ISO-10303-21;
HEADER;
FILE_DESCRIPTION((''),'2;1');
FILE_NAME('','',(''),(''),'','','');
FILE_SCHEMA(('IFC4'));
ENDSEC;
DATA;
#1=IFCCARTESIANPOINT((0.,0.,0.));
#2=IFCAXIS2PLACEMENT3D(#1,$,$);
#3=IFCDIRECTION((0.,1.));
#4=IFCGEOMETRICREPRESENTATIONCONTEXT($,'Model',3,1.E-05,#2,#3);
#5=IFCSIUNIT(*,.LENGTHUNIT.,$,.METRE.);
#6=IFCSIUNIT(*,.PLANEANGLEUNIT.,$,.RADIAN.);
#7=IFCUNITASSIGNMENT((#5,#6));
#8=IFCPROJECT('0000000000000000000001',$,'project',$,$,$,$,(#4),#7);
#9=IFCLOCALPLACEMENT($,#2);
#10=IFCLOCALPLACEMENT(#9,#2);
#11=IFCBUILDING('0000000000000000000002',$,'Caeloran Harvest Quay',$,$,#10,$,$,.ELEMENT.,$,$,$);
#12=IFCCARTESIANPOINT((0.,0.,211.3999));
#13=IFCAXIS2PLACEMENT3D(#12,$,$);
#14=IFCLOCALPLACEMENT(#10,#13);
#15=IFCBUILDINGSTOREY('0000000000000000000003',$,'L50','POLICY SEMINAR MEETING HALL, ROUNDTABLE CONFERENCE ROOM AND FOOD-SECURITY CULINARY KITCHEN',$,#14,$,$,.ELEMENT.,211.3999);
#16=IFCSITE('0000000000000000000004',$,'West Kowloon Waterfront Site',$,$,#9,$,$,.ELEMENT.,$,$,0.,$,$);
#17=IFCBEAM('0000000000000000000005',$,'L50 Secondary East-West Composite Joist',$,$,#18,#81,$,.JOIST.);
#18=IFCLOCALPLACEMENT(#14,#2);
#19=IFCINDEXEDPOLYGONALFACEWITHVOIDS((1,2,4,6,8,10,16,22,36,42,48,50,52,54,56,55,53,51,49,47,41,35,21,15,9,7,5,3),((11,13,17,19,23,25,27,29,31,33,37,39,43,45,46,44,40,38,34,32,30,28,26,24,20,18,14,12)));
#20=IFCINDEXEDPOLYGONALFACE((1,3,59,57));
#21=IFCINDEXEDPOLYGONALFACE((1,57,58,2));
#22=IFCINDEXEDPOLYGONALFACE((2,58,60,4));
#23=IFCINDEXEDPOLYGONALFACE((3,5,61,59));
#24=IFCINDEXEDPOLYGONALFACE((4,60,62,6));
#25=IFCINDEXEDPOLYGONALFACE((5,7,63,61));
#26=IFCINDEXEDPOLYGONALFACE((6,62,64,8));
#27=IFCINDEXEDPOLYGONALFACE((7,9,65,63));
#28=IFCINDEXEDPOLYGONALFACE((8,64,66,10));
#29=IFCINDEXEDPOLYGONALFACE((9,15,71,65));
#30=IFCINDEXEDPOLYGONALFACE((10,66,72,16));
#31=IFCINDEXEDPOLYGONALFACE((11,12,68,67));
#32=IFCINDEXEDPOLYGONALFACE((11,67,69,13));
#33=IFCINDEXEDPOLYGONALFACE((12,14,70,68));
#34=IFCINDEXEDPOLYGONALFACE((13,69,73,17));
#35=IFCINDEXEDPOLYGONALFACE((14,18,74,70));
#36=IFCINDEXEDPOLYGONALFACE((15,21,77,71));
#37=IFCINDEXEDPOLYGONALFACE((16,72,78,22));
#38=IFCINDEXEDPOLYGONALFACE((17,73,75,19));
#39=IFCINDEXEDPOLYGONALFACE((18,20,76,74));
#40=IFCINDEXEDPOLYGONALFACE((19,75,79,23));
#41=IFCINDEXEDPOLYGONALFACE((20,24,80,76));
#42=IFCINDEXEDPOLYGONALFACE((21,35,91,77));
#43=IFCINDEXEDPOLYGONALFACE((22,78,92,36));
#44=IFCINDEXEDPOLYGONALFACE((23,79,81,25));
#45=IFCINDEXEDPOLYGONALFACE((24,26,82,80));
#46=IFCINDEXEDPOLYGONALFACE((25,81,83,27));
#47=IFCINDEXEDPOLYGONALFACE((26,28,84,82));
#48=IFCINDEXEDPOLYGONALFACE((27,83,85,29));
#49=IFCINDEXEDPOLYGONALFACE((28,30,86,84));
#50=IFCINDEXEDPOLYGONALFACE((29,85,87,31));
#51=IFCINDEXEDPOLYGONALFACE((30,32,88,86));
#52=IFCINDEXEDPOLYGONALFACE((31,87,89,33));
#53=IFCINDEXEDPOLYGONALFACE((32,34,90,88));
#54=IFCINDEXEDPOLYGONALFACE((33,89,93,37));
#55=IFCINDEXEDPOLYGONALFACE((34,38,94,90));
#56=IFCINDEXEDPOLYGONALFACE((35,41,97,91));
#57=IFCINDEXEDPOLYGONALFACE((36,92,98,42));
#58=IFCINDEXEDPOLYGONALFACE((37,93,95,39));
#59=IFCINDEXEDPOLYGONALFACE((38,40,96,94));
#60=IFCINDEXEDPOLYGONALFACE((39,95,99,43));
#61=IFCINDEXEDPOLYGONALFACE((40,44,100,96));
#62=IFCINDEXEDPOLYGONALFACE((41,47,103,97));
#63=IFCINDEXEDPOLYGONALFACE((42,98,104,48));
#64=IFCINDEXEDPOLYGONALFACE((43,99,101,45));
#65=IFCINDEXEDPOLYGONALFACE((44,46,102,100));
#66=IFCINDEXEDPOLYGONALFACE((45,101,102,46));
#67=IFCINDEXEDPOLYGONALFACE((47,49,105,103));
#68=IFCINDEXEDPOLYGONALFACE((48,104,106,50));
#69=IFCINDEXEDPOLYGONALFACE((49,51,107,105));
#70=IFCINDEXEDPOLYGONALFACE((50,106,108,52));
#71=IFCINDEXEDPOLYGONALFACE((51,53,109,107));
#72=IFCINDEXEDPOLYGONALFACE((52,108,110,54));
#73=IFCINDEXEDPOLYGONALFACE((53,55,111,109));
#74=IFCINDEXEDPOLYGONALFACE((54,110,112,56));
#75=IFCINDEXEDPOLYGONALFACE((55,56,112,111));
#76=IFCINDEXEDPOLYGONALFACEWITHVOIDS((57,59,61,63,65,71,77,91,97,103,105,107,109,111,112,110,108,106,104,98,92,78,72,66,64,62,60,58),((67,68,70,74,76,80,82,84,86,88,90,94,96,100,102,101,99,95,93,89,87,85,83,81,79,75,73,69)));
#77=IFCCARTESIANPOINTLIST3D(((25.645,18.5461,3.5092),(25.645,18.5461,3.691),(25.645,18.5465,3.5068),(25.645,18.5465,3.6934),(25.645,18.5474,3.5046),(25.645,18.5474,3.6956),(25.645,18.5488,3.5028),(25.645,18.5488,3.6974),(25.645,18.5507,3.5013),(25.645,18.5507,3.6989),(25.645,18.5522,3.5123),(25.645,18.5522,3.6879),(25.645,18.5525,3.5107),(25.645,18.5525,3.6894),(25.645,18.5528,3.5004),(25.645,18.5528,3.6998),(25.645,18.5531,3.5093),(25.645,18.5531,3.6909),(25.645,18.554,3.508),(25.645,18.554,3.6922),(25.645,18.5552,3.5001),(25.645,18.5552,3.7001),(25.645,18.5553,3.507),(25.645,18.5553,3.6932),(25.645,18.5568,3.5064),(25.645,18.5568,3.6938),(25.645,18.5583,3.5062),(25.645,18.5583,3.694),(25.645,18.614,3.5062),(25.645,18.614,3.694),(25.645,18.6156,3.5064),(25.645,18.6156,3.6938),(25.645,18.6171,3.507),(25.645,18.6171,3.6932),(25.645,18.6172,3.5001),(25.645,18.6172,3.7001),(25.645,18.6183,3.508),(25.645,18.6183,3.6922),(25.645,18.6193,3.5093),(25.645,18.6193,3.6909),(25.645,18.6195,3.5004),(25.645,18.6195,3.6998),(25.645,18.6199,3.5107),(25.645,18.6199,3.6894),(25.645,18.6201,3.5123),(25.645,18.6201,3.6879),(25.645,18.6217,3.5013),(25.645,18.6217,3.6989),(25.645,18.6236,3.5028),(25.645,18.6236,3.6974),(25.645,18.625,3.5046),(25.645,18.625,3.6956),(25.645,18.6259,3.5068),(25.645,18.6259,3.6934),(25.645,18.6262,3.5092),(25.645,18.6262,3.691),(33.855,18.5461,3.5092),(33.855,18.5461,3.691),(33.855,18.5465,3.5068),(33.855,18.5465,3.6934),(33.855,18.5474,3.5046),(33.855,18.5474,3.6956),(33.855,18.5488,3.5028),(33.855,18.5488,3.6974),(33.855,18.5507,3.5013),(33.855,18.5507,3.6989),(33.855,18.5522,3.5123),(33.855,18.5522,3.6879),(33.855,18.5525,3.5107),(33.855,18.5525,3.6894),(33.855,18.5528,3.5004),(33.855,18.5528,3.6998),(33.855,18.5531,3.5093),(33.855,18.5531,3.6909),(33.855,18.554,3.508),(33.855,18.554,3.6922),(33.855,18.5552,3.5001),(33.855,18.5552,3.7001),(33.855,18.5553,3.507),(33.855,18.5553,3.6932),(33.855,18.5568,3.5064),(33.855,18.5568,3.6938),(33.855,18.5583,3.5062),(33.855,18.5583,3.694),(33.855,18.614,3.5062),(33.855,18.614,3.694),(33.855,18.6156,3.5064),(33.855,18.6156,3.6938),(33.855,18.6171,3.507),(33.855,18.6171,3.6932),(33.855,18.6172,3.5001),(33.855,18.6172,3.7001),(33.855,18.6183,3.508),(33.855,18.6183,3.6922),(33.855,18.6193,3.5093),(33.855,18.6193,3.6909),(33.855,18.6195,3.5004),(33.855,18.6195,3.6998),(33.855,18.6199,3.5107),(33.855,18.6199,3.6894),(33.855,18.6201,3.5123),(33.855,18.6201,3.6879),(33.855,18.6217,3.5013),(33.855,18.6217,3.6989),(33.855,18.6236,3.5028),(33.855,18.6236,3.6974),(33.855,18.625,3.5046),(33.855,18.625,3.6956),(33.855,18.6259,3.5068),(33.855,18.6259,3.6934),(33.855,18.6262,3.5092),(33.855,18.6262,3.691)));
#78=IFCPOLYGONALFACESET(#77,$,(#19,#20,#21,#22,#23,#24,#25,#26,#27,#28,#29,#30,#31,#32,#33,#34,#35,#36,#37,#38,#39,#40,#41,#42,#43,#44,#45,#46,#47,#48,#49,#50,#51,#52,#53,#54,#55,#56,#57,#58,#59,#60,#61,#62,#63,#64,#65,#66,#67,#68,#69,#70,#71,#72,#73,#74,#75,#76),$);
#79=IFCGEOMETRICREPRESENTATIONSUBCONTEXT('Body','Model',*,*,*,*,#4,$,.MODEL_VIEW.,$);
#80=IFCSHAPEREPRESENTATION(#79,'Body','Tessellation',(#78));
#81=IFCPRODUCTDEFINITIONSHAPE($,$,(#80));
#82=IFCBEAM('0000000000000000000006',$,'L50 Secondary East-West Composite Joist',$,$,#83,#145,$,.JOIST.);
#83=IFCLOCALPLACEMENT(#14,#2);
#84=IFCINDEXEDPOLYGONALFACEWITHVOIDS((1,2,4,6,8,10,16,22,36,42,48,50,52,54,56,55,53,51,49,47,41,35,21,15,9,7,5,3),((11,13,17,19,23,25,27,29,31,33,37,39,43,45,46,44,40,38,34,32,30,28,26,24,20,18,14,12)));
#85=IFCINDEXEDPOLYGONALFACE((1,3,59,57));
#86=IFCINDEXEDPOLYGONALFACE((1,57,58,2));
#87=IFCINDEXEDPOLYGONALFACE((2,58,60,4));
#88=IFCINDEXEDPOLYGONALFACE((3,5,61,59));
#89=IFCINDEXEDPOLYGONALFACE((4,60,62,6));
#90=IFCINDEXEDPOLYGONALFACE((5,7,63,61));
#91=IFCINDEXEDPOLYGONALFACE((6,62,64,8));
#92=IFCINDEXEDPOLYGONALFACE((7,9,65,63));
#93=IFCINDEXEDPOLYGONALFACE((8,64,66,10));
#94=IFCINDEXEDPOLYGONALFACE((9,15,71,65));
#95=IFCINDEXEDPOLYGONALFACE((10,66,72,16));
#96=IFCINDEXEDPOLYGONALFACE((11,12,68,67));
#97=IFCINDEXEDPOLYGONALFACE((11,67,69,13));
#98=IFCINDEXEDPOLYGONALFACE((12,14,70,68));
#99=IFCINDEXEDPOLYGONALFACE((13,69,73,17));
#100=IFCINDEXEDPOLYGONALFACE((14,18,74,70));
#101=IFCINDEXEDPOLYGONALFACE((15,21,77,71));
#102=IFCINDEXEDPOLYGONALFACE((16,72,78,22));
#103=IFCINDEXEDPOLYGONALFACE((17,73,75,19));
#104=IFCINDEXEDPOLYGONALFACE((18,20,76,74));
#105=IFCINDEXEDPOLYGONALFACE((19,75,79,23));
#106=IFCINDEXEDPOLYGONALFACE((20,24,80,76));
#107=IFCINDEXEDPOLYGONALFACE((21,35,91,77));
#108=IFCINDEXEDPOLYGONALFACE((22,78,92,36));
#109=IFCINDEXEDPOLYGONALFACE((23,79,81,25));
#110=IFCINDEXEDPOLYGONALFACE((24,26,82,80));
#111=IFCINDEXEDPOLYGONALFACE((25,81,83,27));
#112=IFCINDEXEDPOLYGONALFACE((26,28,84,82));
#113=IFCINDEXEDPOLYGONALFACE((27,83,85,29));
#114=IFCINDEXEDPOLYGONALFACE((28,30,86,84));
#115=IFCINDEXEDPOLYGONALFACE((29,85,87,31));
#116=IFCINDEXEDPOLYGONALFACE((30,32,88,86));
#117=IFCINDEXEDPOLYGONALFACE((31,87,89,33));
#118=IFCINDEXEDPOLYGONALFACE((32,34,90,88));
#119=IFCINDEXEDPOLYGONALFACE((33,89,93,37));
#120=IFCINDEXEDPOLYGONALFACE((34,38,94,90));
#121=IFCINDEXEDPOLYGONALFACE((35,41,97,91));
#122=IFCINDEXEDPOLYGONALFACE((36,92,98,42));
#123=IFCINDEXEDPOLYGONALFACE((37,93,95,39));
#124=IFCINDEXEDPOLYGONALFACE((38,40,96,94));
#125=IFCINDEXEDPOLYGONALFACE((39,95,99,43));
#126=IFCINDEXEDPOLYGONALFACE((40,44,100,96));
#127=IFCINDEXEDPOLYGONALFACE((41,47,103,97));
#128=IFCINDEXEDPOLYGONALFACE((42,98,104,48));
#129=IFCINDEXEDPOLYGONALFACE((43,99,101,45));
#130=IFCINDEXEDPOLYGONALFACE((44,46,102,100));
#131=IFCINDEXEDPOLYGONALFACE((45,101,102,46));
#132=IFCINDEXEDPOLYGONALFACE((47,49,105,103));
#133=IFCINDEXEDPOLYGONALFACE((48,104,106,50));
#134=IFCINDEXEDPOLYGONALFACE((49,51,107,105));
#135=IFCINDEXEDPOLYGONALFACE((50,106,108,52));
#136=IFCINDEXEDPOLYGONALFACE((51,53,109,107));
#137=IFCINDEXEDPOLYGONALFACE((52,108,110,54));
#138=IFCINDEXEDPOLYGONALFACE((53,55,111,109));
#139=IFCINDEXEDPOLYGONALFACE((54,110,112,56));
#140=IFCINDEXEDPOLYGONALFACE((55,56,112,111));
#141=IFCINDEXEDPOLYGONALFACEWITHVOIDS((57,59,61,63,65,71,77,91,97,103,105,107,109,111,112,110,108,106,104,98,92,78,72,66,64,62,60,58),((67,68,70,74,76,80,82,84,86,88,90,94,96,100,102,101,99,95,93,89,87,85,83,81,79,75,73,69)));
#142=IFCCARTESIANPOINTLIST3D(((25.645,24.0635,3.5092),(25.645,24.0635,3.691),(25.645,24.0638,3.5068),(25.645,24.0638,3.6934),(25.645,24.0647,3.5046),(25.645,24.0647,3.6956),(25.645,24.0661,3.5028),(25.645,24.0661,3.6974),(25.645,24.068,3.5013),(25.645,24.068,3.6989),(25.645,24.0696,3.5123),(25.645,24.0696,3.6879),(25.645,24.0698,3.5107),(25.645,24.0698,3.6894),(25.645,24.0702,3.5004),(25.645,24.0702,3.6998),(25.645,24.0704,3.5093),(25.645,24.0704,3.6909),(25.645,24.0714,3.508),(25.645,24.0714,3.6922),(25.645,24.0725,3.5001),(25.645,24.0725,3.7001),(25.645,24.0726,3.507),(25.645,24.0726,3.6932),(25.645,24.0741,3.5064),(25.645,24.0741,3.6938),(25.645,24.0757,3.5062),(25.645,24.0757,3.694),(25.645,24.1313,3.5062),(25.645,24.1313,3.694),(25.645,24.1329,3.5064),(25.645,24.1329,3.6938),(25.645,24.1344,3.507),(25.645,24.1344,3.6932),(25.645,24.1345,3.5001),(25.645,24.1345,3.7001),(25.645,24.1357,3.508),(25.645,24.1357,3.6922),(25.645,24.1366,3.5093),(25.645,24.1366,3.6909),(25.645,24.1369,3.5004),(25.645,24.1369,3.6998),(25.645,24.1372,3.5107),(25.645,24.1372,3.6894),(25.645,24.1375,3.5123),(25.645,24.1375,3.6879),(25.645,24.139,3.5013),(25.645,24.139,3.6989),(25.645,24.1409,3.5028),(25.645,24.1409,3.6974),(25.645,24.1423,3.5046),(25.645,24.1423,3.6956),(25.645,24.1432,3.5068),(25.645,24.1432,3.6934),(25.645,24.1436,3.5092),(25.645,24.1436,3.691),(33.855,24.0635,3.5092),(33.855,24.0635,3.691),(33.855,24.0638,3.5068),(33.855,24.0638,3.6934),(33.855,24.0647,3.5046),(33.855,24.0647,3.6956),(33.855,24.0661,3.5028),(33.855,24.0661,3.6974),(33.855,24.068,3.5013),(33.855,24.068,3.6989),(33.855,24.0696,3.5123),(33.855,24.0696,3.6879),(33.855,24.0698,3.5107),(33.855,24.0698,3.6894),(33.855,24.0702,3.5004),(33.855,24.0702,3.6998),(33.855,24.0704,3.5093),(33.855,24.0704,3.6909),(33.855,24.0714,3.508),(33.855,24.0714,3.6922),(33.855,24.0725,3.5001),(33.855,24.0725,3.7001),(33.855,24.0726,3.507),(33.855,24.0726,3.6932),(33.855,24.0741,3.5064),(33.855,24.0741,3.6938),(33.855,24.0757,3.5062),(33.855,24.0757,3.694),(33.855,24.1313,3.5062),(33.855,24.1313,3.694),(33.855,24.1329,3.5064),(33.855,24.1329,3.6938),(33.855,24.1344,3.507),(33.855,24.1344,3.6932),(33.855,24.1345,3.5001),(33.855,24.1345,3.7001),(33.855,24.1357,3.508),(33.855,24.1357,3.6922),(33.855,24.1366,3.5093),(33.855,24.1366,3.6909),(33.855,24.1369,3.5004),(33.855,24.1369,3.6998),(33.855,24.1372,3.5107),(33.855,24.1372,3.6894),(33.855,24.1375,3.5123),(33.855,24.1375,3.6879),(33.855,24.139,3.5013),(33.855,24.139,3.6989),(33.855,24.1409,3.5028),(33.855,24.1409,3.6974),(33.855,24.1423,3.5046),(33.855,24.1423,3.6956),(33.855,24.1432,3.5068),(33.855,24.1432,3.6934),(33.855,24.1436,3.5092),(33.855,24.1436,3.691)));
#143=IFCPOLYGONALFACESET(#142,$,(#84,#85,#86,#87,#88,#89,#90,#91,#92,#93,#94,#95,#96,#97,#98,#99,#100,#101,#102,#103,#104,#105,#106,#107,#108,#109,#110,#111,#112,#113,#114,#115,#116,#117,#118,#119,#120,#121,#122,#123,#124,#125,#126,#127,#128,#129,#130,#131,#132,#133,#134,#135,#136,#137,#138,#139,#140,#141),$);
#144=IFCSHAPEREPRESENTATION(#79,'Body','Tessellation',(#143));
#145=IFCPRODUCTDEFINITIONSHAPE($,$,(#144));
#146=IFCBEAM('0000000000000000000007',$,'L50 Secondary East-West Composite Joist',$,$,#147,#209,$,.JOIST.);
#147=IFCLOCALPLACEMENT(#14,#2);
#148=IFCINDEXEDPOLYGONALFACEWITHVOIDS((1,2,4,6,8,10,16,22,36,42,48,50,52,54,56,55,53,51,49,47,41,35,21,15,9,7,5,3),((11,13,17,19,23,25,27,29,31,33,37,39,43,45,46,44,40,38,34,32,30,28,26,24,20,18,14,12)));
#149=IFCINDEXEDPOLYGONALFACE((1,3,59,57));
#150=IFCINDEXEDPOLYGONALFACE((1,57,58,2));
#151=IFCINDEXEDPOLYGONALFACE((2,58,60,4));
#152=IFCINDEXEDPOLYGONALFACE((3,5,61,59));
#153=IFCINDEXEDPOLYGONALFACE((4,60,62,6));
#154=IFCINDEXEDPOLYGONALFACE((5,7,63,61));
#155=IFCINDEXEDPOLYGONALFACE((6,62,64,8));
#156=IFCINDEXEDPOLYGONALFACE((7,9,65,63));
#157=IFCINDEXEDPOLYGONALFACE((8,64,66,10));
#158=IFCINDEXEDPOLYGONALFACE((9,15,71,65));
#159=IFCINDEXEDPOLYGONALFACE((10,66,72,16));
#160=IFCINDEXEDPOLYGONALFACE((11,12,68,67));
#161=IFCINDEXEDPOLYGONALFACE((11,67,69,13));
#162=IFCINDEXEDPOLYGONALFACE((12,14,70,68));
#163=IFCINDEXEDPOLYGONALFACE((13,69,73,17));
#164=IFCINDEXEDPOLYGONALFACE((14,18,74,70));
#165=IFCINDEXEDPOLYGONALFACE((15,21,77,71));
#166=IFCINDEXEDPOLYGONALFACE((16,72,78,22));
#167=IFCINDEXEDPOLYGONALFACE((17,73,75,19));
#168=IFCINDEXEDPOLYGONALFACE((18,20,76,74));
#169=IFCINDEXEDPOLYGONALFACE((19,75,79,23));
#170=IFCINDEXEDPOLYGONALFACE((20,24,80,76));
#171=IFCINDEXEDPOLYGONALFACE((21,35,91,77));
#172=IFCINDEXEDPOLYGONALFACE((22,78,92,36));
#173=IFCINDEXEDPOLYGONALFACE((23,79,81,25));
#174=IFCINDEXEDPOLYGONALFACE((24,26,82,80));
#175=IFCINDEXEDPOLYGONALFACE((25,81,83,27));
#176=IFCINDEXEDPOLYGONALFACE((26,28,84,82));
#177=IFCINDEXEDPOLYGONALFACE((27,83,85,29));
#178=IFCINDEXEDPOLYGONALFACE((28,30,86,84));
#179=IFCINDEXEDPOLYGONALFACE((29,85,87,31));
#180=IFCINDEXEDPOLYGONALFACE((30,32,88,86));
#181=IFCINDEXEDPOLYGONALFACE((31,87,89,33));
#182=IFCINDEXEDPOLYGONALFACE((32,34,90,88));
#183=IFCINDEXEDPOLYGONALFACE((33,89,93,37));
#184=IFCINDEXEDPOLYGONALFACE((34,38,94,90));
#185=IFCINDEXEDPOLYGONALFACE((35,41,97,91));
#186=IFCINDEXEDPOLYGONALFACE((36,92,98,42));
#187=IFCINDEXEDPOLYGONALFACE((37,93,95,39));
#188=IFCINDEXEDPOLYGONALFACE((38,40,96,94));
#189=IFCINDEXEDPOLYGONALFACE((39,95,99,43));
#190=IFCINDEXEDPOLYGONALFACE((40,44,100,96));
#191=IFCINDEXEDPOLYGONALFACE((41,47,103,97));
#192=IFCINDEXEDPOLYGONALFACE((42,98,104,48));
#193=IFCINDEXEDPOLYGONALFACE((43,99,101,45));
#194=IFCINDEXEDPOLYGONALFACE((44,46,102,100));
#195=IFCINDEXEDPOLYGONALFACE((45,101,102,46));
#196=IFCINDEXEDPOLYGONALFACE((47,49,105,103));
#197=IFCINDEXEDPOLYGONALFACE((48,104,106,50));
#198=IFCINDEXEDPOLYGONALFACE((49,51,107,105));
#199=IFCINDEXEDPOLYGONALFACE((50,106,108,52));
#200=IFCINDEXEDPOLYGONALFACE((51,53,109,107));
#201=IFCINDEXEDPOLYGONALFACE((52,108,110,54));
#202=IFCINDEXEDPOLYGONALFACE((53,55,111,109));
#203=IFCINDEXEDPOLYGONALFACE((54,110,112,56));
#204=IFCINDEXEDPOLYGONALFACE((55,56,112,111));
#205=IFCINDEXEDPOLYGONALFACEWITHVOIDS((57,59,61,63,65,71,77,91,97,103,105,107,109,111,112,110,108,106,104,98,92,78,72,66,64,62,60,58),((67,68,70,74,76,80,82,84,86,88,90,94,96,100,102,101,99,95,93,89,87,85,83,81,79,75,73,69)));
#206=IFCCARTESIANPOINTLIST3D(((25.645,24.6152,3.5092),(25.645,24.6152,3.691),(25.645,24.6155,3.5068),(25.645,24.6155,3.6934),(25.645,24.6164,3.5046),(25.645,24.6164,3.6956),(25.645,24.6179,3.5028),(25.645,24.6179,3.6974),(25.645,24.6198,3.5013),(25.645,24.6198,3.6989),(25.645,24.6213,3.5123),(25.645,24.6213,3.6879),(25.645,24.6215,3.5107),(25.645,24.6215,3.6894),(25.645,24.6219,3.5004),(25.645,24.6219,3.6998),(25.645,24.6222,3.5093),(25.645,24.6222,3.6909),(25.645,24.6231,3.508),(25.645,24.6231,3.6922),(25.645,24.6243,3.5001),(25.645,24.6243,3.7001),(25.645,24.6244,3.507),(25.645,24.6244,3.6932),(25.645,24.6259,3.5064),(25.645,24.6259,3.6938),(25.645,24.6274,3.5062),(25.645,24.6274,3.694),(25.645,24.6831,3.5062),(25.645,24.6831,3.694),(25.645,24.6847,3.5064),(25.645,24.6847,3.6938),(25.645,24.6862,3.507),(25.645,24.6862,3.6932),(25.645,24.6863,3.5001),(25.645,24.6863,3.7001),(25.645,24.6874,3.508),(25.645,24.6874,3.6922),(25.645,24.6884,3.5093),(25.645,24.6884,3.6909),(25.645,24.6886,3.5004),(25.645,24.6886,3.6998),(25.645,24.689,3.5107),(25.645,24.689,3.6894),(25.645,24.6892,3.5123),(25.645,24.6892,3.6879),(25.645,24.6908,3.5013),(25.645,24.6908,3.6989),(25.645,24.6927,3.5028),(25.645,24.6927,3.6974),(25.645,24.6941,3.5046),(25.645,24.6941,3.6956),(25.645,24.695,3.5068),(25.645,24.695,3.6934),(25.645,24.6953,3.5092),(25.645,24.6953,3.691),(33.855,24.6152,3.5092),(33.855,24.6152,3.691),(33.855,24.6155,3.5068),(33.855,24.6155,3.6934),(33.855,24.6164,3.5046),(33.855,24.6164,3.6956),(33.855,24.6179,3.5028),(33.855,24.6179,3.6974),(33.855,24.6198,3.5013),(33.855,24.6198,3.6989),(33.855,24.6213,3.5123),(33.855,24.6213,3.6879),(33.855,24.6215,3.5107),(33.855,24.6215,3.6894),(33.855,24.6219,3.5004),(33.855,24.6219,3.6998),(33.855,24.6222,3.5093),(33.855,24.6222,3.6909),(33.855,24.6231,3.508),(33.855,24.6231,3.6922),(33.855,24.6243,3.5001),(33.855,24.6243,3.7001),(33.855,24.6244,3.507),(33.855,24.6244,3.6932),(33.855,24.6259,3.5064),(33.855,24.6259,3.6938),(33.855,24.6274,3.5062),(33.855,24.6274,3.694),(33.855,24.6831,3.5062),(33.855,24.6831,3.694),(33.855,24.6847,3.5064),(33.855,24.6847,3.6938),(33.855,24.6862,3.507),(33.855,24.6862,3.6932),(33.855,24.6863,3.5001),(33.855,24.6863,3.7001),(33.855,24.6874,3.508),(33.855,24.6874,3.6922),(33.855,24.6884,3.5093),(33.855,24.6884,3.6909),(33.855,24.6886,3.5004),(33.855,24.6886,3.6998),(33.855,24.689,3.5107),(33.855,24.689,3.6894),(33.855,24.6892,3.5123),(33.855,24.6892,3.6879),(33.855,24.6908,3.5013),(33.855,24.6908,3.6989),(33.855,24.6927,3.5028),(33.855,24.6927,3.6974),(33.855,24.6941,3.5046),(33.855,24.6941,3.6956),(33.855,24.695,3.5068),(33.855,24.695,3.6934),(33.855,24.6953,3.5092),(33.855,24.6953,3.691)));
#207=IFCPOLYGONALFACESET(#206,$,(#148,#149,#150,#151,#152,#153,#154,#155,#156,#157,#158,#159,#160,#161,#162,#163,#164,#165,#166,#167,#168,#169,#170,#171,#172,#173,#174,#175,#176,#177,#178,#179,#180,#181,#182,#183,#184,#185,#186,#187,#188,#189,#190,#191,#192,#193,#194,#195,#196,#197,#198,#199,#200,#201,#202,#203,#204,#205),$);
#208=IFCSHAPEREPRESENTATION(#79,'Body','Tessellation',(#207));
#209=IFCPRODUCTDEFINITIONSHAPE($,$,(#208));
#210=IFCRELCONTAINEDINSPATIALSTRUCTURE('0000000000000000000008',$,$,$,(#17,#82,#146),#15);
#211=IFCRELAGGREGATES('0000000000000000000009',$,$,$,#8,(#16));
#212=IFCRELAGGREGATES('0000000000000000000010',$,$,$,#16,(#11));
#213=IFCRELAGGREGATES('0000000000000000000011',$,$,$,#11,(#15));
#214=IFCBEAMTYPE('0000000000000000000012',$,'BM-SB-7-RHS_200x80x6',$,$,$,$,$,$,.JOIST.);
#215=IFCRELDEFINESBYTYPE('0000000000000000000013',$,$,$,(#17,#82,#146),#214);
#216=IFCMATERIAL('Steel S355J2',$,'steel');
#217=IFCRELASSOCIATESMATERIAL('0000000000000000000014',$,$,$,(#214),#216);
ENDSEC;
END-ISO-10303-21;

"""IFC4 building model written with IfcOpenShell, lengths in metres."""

from ifc_helpers import new_model, si_unit, direction, frame, origin, origin_2d, place, context, subcontext, project, spatial, hollow_rectangle, extrude, material, material_profile, profile_set, type_object, element, save


model = new_model("IFC4")

# Units and contexts
model_context = context("Model", 3, precision=1e-05, world=origin(), true_north=direction((0.0, 1.0)))
body_context = subcontext(model_context, "Body", "Model", "MODEL_VIEW")
ifc_project = project(units=[si_unit("LENGTHUNIT", "METRE"), si_unit("PLANEANGLEUNIT", "RADIAN")], contexts=[model_context])

# Site, building, storey
site_placement = place(None, origin())
site = spatial("IfcSite", under=ifc_project, at=site_placement, Name="West Kowloon Waterfront Site", CompositionType="ELEMENT", RefElevation=0.0)
building_placement = place(site_placement, origin())
building = spatial("IfcBuilding", under=site, at=building_placement, Name="Caeloran Harvest Quay", CompositionType="ELEMENT")
storey_placement = place(building_placement, frame((0.0, 0.0, 211.3999)))
storey = spatial("IfcBuildingStorey", under=building, at=storey_placement, Name="L50", Description="POLICY SEMINAR MEETING HALL, ROUNDTABLE CONFERENCE ROOM AND FOOD-SECURITY CULINARY KITCHEN", CompositionType="ELEMENT", Elevation=211.3999)

# Beams
ifc_material_1 = material(Name="Steel S355J2", Category="steel")
ifc_material_profile_1 = material_profile(ifc_material_1, hollow_rectangle(XDim=0.0801, YDim=0.2, WallThickness=0.0061, InnerFilletRadius=0.0061, OuterFilletRadius=0.009, at=origin_2d()), Name="RHS 200x80x6")
ifc_profile_set_1 = profile_set([ifc_material_profile_1], Name="Steel S355J2")
beam_type_1 = type_object("IfcBeamType", Name="BM-SB-7-RHS_200x80x6", PredefinedType="JOIST", material=ifc_profile_set_1)
for number, where, z_axis, x_axis, name in (
    (1, (25.645, 18.5862, 3.6001), (1.0, 0.0, 0.0), (0.0, 1.0, 0.0), "L50 Secondary East-West Composite Joist"),
    (2, (25.645, 24.1035, 3.6001), (1.0, 0.0, 0.0), (0.0, 1.0, 0.0), "L50 Secondary East-West Composite Joist"),
    (3, (25.645, 24.6553, 3.6001), (1.0, 0.0, 0.0), (0.0, 1.0, 0.0), "L50 Secondary East-West Composite Joist"),
):
    element("IfcBeam", number, at=place(storey_placement, frame(where, z_axis=z_axis, x_axis=x_axis)), inside=storey, type_object=beam_type_1, Name=name, PredefinedType="JOIST", context=body_context, shape_type="SweptSolid", body=[
        extrude(hollow_rectangle(XDim=0.0801, YDim=0.2, WallThickness=0.0061, InnerFilletRadius=0.0061, OuterFilletRadius=0.009, at=origin_2d()), origin(), (0.0, 0.0, 1.0), 8.21),
    ])

save(model, "model.ifc")
